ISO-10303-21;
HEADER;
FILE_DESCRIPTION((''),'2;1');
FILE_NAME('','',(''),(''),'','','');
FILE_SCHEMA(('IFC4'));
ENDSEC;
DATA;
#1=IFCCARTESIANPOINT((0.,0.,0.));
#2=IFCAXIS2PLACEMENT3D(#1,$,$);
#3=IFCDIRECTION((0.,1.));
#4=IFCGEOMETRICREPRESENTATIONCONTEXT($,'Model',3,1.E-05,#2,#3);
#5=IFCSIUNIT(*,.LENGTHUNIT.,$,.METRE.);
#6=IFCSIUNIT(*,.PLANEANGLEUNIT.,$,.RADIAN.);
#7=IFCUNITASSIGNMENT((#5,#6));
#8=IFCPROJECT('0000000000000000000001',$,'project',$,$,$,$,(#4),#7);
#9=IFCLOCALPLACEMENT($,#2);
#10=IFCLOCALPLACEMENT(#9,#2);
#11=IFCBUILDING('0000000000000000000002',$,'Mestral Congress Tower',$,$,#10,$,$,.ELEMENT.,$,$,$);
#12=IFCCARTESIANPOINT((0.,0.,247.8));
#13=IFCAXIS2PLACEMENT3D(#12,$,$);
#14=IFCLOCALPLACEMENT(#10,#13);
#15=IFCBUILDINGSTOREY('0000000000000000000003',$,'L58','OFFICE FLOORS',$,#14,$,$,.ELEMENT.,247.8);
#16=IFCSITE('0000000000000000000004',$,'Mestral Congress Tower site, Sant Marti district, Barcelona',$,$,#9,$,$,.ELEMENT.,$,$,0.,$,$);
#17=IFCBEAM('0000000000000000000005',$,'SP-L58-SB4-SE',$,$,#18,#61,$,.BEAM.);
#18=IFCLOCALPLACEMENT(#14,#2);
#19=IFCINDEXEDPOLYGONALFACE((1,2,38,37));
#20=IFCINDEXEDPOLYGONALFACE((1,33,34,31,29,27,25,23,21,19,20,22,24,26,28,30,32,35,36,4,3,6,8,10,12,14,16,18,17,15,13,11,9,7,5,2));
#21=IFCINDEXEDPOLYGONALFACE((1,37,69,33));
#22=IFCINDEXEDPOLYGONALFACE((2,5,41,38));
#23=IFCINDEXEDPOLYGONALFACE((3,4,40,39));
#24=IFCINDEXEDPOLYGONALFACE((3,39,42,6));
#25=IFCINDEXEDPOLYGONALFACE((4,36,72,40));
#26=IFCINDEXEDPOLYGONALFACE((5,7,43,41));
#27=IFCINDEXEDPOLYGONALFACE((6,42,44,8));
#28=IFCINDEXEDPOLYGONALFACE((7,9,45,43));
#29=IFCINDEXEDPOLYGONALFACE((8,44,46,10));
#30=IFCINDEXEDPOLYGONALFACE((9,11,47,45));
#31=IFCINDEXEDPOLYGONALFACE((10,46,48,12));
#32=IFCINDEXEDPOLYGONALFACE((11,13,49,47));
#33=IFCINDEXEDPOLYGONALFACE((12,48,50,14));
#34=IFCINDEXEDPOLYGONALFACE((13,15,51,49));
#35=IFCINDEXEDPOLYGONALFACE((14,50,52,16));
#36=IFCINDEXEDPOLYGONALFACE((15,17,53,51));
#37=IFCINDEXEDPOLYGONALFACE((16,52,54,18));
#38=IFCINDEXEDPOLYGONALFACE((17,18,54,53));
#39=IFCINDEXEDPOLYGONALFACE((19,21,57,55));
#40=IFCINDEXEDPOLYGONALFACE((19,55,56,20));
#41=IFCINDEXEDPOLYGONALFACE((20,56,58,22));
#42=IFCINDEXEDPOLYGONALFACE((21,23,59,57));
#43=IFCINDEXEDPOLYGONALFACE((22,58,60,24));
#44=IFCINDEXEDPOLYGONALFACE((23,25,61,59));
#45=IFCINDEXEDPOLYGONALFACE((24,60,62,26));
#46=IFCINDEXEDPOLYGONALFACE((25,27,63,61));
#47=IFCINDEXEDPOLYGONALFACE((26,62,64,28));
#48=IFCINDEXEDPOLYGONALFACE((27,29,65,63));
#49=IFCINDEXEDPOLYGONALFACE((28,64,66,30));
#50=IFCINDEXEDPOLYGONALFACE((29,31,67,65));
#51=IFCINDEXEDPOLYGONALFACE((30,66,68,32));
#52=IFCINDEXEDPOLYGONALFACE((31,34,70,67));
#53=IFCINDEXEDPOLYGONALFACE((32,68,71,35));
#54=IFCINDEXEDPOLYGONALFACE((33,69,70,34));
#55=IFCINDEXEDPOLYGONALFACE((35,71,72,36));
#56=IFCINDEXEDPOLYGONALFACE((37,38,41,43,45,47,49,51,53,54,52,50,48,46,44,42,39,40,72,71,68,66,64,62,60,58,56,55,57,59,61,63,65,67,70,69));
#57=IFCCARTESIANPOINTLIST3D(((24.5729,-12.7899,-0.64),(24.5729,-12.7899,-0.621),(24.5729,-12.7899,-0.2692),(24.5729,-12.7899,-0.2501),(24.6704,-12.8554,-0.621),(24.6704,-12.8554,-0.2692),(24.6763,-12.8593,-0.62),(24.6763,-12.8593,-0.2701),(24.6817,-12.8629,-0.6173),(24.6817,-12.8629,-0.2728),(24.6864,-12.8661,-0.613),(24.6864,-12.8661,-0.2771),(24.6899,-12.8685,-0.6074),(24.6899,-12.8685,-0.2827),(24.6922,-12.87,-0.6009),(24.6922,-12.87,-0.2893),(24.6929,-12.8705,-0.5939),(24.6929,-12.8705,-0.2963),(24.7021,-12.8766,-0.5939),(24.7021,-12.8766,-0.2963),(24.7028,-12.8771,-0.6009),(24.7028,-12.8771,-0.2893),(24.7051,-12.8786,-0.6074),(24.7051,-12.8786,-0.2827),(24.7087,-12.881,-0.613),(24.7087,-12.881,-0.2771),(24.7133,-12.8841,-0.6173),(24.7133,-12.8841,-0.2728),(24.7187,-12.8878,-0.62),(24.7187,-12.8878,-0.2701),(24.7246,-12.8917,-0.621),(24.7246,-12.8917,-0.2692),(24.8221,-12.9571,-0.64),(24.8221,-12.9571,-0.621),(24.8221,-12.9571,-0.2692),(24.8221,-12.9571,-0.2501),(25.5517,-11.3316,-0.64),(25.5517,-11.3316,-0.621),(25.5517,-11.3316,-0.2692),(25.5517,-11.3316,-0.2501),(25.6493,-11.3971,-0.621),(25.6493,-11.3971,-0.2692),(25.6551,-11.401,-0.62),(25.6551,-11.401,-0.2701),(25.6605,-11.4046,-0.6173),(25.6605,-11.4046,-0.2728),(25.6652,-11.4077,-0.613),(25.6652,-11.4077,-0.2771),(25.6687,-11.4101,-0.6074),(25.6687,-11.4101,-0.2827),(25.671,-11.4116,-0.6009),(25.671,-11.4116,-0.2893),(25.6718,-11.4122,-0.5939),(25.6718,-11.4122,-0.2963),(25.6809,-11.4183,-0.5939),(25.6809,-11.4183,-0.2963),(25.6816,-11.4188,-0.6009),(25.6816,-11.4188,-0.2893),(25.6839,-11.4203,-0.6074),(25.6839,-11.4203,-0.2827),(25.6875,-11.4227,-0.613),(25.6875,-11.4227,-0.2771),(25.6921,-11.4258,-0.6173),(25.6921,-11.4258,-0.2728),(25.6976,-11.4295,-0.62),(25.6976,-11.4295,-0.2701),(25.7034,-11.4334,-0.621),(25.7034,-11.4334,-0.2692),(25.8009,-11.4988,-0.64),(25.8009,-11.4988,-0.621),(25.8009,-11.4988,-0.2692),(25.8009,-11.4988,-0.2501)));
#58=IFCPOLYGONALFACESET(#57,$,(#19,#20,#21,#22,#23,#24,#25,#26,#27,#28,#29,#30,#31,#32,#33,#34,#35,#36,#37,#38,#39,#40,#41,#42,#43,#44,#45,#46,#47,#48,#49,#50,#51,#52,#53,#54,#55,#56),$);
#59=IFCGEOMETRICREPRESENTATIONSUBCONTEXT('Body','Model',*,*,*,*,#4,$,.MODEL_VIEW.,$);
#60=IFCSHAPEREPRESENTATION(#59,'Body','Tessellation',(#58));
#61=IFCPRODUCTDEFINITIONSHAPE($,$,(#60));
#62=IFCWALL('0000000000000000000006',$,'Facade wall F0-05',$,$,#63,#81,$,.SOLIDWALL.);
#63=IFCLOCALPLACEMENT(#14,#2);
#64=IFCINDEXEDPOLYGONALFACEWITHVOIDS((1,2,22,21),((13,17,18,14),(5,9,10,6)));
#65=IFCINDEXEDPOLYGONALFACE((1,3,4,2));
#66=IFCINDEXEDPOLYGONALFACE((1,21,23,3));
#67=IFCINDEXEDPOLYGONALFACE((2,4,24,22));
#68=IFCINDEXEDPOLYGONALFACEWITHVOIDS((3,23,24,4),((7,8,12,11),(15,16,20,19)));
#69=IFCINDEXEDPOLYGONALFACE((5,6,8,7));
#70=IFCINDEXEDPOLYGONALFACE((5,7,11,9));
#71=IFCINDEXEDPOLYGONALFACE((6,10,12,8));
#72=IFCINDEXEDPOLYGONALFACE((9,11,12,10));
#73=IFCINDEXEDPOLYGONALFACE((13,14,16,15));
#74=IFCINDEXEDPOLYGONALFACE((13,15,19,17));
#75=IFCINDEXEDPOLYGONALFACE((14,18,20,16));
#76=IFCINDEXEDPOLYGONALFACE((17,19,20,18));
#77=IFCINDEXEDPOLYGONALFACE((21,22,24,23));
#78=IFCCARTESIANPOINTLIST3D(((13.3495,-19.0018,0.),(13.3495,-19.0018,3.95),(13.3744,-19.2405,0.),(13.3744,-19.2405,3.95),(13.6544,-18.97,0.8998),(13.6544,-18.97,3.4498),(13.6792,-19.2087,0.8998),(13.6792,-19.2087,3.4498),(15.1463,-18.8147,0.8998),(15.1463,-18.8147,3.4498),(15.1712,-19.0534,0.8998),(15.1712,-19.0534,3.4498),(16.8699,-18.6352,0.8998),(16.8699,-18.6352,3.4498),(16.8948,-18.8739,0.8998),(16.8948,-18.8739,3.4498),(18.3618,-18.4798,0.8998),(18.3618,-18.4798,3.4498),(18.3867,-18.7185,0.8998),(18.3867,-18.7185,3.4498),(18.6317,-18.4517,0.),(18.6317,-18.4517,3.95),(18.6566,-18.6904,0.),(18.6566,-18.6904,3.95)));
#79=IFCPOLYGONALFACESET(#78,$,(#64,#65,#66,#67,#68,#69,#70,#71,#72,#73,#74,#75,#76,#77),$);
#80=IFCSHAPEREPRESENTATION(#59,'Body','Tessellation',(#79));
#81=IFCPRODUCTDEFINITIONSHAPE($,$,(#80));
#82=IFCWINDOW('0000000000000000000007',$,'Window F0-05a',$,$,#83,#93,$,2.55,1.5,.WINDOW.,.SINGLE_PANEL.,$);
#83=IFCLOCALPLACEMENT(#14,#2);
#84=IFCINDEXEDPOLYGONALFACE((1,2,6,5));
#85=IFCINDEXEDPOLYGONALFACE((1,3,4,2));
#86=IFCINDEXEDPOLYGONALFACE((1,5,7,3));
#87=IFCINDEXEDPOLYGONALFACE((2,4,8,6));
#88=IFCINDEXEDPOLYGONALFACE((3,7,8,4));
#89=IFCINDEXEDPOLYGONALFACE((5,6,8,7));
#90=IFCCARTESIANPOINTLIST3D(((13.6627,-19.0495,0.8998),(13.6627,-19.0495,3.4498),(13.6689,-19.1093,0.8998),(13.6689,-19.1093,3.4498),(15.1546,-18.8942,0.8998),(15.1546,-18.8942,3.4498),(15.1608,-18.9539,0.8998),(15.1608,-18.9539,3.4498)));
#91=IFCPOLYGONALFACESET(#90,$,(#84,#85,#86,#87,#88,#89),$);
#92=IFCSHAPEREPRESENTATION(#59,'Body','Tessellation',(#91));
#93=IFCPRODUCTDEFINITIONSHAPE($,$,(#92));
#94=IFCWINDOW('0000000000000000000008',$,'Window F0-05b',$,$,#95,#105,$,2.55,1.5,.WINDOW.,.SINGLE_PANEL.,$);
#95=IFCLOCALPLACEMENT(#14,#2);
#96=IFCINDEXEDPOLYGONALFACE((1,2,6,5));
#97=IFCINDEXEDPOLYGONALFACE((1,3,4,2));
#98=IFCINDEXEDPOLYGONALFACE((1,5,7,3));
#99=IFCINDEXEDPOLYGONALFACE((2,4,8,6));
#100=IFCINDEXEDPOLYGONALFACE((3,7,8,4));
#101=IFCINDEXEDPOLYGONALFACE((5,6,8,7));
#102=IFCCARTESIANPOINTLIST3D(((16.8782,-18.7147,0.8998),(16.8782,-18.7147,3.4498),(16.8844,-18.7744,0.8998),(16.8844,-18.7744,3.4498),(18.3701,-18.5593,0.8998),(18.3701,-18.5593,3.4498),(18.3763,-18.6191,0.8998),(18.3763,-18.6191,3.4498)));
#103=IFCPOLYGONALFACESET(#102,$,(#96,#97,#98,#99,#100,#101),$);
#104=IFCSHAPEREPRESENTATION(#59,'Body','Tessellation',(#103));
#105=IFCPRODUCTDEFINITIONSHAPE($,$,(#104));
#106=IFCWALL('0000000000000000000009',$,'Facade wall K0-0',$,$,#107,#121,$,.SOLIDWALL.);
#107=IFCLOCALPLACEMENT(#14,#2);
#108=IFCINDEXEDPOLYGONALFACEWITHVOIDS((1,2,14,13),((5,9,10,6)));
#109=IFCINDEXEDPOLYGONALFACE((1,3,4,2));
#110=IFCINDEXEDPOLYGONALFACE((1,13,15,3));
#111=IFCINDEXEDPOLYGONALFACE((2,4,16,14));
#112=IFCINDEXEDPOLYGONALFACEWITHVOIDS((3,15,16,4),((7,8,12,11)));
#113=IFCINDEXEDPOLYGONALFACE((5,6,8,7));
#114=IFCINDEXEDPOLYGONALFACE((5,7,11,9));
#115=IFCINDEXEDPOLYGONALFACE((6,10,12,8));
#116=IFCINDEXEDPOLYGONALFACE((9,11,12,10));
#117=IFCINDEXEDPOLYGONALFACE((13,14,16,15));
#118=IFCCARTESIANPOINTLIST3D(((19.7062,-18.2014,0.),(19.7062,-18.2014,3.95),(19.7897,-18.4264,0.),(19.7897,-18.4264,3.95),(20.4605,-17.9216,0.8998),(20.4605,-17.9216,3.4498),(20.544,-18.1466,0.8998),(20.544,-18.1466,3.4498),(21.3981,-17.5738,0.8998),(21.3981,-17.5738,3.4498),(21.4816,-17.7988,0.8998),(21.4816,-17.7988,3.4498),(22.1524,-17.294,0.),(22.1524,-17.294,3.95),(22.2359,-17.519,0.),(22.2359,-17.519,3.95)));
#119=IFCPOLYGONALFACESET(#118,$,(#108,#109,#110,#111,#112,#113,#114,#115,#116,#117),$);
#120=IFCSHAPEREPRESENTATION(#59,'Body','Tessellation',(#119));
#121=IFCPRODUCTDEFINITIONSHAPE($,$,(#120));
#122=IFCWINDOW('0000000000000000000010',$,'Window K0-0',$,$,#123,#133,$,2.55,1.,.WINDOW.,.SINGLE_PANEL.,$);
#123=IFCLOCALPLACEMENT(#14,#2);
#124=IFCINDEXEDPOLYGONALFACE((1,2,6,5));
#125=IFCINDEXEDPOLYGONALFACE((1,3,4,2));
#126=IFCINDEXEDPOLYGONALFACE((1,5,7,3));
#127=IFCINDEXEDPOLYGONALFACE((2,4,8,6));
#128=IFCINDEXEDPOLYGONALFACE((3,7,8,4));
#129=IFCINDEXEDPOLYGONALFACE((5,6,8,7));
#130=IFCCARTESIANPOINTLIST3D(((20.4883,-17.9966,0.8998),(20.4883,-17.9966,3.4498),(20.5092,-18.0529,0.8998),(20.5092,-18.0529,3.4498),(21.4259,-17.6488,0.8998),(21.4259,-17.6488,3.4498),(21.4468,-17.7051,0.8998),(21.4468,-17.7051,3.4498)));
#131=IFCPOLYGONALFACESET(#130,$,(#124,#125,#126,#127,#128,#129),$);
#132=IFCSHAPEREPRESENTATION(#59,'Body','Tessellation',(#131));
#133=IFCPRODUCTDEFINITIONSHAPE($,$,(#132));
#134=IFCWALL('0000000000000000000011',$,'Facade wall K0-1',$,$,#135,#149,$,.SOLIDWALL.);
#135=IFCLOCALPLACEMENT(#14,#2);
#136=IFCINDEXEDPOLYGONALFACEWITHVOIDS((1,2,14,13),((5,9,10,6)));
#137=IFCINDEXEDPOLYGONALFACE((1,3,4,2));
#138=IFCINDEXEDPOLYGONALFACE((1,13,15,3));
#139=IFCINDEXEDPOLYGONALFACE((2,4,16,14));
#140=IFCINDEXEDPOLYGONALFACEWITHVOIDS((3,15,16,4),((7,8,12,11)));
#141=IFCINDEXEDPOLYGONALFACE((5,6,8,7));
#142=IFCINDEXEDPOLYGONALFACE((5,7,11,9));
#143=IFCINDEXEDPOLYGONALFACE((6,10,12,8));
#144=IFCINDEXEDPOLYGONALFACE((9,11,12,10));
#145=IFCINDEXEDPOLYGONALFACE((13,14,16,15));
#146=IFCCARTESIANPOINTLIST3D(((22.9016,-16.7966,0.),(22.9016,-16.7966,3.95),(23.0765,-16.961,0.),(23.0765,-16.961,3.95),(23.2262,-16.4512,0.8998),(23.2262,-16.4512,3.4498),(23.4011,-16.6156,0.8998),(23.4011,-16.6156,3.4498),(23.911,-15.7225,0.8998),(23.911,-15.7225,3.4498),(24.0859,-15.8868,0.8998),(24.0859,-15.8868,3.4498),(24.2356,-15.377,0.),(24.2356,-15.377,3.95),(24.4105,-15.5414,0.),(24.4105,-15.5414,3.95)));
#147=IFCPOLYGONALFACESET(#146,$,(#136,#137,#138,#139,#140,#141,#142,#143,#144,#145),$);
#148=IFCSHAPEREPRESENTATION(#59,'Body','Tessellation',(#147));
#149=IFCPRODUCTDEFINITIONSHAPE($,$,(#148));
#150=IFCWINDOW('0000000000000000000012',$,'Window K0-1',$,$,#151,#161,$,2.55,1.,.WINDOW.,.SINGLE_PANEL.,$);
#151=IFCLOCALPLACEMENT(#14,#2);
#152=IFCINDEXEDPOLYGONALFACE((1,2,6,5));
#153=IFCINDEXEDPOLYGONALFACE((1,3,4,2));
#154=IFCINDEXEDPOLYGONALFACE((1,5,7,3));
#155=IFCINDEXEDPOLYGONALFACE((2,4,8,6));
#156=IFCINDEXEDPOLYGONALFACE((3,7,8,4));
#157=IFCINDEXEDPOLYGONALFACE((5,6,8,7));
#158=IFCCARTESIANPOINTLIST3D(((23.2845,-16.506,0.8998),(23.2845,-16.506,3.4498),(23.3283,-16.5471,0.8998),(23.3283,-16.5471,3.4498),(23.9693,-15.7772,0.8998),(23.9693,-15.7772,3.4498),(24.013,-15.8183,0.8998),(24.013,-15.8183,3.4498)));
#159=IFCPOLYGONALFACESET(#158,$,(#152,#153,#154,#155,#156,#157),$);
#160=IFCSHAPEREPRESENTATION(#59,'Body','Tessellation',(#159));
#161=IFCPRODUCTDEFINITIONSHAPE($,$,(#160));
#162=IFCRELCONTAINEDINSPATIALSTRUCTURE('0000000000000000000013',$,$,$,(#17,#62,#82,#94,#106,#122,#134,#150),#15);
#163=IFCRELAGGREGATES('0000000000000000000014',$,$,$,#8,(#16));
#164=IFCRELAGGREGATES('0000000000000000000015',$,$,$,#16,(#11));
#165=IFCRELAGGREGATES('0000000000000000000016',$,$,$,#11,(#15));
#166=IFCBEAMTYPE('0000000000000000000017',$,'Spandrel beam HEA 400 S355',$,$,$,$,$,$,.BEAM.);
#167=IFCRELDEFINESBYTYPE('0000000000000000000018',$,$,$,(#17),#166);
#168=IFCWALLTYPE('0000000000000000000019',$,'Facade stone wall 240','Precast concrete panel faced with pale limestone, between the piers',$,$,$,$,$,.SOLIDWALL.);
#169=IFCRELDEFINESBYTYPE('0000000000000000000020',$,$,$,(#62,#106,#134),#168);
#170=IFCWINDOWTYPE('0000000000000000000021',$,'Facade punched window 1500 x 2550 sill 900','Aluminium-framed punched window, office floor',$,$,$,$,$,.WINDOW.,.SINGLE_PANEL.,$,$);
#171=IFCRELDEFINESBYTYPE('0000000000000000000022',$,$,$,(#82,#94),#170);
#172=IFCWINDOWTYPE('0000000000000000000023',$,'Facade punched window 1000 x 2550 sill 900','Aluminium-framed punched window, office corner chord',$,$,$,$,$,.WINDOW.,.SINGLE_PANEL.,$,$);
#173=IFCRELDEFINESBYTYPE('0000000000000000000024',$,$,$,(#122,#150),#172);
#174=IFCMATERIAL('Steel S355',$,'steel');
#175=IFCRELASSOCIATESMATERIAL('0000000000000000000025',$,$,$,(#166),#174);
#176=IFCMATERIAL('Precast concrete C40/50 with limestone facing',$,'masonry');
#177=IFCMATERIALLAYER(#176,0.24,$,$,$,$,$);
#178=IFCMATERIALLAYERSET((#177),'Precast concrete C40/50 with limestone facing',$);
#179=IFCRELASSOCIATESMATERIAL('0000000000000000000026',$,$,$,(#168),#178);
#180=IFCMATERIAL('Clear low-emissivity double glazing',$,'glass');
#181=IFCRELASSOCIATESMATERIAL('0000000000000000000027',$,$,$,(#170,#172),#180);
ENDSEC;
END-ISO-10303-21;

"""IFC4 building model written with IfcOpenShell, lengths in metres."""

from ifc_helpers import new_model, si_unit, direction, frame, frame_2d, origin, origin_2d, place, context, subcontext, project, spatial, rectangle, i_section, extrude, material, layer, layer_set, material_profile, profile_set, type_object, element, fill, save


model = new_model("IFC4")

# Units and contexts
model_context = context("Model", 3, precision=1e-05, world=origin(), true_north=direction((0.0, 1.0)))
body_context = subcontext(model_context, "Body", "Model", "MODEL_VIEW")
ifc_project = project(units=[si_unit("LENGTHUNIT", "METRE"), si_unit("PLANEANGLEUNIT", "RADIAN")], contexts=[model_context])

# Site, building, storey
site_placement = place(None, origin())
site = spatial("IfcSite", under=ifc_project, at=site_placement, Name="Mestral Congress Tower site, Sant Marti district, Barcelona", CompositionType="ELEMENT", RefElevation=0.0)
building_placement = place(site_placement, origin())
building = spatial("IfcBuilding", under=site, at=building_placement, Name="Mestral Congress Tower", CompositionType="ELEMENT")
storey_placement = place(building_placement, frame((0.0, 0.0, 247.8)))
storey = spatial("IfcBuildingStorey", under=building, at=storey_placement, Name="L58", Description="OFFICE FLOORS", CompositionType="ELEMENT", Elevation=247.8)

# Beam
ifc_material_1 = material(Name="Steel S355", Category="steel")
ifc_material_profile_1 = material_profile(ifc_material_1, i_section(OverallWidth=0.3, OverallDepth=0.3899, WebThickness=0.011, FlangeThickness=0.019, FilletRadius=0.0271, at=origin_2d()), Name="HEA 400")
ifc_profile_set_1 = profile_set([ifc_material_profile_1], Name="Steel S355")
beam_type_1 = type_object("IfcBeamType", Name="Spandrel beam HEA 400 S355", PredefinedType="BEAM", material=ifc_profile_set_1)
for number, where, z_axis, x_axis, name in (
    (1, (24.6975, -12.8735, -0.4451), (0.557296, 0.830314, 0.0), (-0.830314, 0.557296, 0.0), "SP-L58-SB4-SE"),
):
    element("IfcBeam", number, at=place(storey_placement, frame(where, z_axis=z_axis, x_axis=x_axis)), inside=storey, type_object=beam_type_1, Name=name, PredefinedType="BEAM", context=body_context, shape_type="SweptSolid", body=[
        extrude(i_section(OverallWidth=0.3, OverallDepth=0.3899, WebThickness=0.011, FlangeThickness=0.019, FilletRadius=0.0271, at=origin_2d()), origin(), (0.0, 0.0, 1.0), 1.7563),
    ])

# Wall, openings, windows
ifc_material_2 = material(Name="Precast concrete C40/50 with limestone facing", Category="masonry")
ifc_layer_1 = layer(ifc_material_2, 0.24)
ifc_layer_set_1 = layer_set([ifc_layer_1], Name="Precast concrete C40/50 with limestone facing")
wall_type_1 = type_object("IfcWallType", Name="Facade stone wall 240", Description="Precast concrete panel faced with pale limestone, between the piers", PredefinedType="SOLIDWALL", material=ifc_layer_set_1)
wall_1_placement = place(storey_placement, frame((13.3621, -19.1211, 0.0), z_axis=(0.0, 0.0, 1.0), x_axis=(0.994622, 0.103572, 0.0)))
wall_1 = element("IfcWall", 2, at=wall_1_placement, inside=storey, type_object=wall_type_1, Name="Facade wall F0-05", PredefinedType="SOLIDWALL", context=body_context, shape_type="SweptSolid", body=[
    extrude(rectangle(XDim=5.3108, YDim=0.24, at=frame_2d((2.6553, 0.0))), origin(), (0.0, 0.0, 1.0), 3.95),
])
opening_1_placement = place(wall_1_placement, frame((0.3064, 0.0, 0.8999)))
opening_1 = element("IfcOpeningElement", 3, at=opening_1_placement, cuts=wall_1, PredefinedType="OPENING", context=body_context, shape_type="SweptSolid", body=[
    extrude(rectangle(XDim=1.5, YDim=2.55, at=frame_2d((0.75, 1.2749))), frame((0.0, 0.1299, 0.0), z_axis=(0.0, -1.0, 0.0), x_axis=(1.0, 0.0, 0.0)), (0.0, 0.0, 1.0), 0.26),
])
opening_2_placement = place(wall_1_placement, frame((3.5393, 0.0, 0.8999)))
opening_2 = element("IfcOpeningElement", 4, at=opening_2_placement, cuts=wall_1, PredefinedType="OPENING", context=body_context, shape_type="SweptSolid", body=[
    extrude(rectangle(XDim=1.5, YDim=2.55, at=frame_2d((0.75, 1.2749))), frame((0.0, 0.1299, 0.0), z_axis=(0.0, -1.0, 0.0), x_axis=(1.0, 0.0, 0.0)), (0.0, 0.0, 1.0), 0.26),
])
ifc_material_3 = material(Name="Clear low-emissivity double glazing", Category="glass")
window_type_1 = type_object("IfcWindowType", Name="Facade punched window 1500 x 2550 sill 900", Description="Aluminium-framed punched window, office floor", PartitioningType="SINGLE_PANEL", PredefinedType="WINDOW", material=ifc_material_3)
window_1_placement = place(opening_1_placement, origin())
window_1 = element("IfcWindow", 5, at=window_1_placement, inside=storey, type_object=window_type_1, Name="Window F0-05a", OverallHeight=2.55, OverallWidth=1.5, PartitioningType="SINGLE_PANEL", PredefinedType="WINDOW", context=body_context, shape_type="SweptSolid", body=[
    extrude(rectangle(XDim=1.5, YDim=2.55, at=frame_2d((0.75, 1.2749))), frame((0.0, 0.04, 0.0), z_axis=(0.0, -1.0, 0.0), x_axis=(1.0, 0.0, 0.0)), (0.0, 0.0, 1.0), 0.0601),
])
fill(opening_1, window_1)
window_2_placement = place(opening_2_placement, origin())
window_2 = element("IfcWindow", 6, at=window_2_placement, inside=storey, type_object=window_type_1, Name="Window F0-05b", OverallHeight=2.55, OverallWidth=1.5, PartitioningType="SINGLE_PANEL", PredefinedType="WINDOW", context=body_context, shape_type="SweptSolid", body=[
    extrude(rectangle(XDim=1.5, YDim=2.55, at=frame_2d((0.75, 1.2749))), frame((0.0, 0.04, 0.0), z_axis=(0.0, -1.0, 0.0), x_axis=(1.0, 0.0, 0.0)), (0.0, 0.0, 1.0), 0.0601),
])
fill(opening_2, window_2)

# Walls, openings, windows
wall_2_placement = place(storey_placement, frame((19.7478, -18.314, 0.0), z_axis=(0.0, 0.0, 1.0), x_axis=(0.937569, 0.347799, 0.0)))
wall_2 = element("IfcWall", 7, at=wall_2_placement, inside=storey, type_object=wall_type_1, Name="Facade wall K0-0", PredefinedType="SOLIDWALL", context=body_context, shape_type="SweptSolid", body=[
    extrude(rectangle(XDim=2.6091, YDim=0.24, at=frame_2d((1.3047, 0.0))), origin(), (0.0, 0.0, 1.0), 3.95),
])
opening_3_placement = place(wall_2_placement, frame((0.8047, 0.0, 0.8999)))
opening_3 = element("IfcOpeningElement", 8, at=opening_3_placement, cuts=wall_2, PredefinedType="OPENING", context=body_context, shape_type="SweptSolid", body=[
    extrude(rectangle(XDim=1.0, YDim=2.55, at=frame_2d((0.5, 1.2749))), frame((0.0, 0.1299, 0.0), z_axis=(0.0, -1.0, 0.0), x_axis=(1.0, 0.0, 0.0)), (0.0, 0.0, 1.0), 0.26),
])
window_type_2 = type_object("IfcWindowType", Name="Facade punched window 1000 x 2550 sill 900", Description="Aluminium-framed punched window, office corner chord", PartitioningType="SINGLE_PANEL", PredefinedType="WINDOW", material=ifc_material_3)
window_3_placement = place(opening_3_placement, origin())
window_3 = element("IfcWindow", 9, at=window_3_placement, inside=storey, type_object=window_type_2, Name="Window K0-0", OverallHeight=2.55, OverallWidth=1.0, PartitioningType="SINGLE_PANEL", PredefinedType="WINDOW", context=body_context, shape_type="SweptSolid", body=[
    extrude(rectangle(XDim=1.0, YDim=2.55, at=frame_2d((0.5, 1.2749))), frame((0.0, 0.04, 0.0), z_axis=(0.0, -1.0, 0.0), x_axis=(1.0, 0.0, 0.0)), (0.0, 0.0, 1.0), 0.0601),
])
fill(opening_3, window_3)
wall_3_placement = place(storey_placement, frame((22.989, -16.8789, 0.0), z_axis=(0.0, 0.0, 1.0), x_axis=(0.68477, 0.728759, 0.0)))
wall_3 = element("IfcWall", 10, at=wall_3_placement, inside=storey, type_object=wall_type_1, Name="Facade wall K0-1", PredefinedType="SOLIDWALL", context=body_context, shape_type="SweptSolid", body=[
    extrude(rectangle(XDim=1.948, YDim=0.24, at=frame_2d((0.9741, 0.0))), origin(), (0.0, 0.0, 1.0), 3.95),
])
opening_4_placement = place(wall_3_placement, frame((0.4741, 0.0, 0.8999)))
opening_4 = element("IfcOpeningElement", 11, at=opening_4_placement, cuts=wall_3, PredefinedType="OPENING", context=body_context, shape_type="SweptSolid", body=[
    extrude(rectangle(XDim=1.0, YDim=2.55, at=frame_2d((0.5, 1.2749))), frame((0.0, 0.1299, 0.0), z_axis=(0.0, -1.0, 0.0), x_axis=(1.0, 0.0, 0.0)), (0.0, 0.0, 1.0), 0.26),
])
window_4_placement = place(opening_4_placement, origin())
window_4 = element("IfcWindow", 12, at=window_4_placement, inside=storey, type_object=window_type_2, Name="Window K0-1", OverallHeight=2.55, OverallWidth=1.0, PartitioningType="SINGLE_PANEL", PredefinedType="WINDOW", context=body_context, shape_type="SweptSolid", body=[
    extrude(rectangle(XDim=1.0, YDim=2.55, at=frame_2d((0.5, 1.2749))), frame((0.0, 0.04, 0.0), z_axis=(0.0, -1.0, 0.0), x_axis=(1.0, 0.0, 0.0)), (0.0, 0.0, 1.0), 0.0601),
])
fill(opening_4, window_4)

save(model, "model.ifc")
